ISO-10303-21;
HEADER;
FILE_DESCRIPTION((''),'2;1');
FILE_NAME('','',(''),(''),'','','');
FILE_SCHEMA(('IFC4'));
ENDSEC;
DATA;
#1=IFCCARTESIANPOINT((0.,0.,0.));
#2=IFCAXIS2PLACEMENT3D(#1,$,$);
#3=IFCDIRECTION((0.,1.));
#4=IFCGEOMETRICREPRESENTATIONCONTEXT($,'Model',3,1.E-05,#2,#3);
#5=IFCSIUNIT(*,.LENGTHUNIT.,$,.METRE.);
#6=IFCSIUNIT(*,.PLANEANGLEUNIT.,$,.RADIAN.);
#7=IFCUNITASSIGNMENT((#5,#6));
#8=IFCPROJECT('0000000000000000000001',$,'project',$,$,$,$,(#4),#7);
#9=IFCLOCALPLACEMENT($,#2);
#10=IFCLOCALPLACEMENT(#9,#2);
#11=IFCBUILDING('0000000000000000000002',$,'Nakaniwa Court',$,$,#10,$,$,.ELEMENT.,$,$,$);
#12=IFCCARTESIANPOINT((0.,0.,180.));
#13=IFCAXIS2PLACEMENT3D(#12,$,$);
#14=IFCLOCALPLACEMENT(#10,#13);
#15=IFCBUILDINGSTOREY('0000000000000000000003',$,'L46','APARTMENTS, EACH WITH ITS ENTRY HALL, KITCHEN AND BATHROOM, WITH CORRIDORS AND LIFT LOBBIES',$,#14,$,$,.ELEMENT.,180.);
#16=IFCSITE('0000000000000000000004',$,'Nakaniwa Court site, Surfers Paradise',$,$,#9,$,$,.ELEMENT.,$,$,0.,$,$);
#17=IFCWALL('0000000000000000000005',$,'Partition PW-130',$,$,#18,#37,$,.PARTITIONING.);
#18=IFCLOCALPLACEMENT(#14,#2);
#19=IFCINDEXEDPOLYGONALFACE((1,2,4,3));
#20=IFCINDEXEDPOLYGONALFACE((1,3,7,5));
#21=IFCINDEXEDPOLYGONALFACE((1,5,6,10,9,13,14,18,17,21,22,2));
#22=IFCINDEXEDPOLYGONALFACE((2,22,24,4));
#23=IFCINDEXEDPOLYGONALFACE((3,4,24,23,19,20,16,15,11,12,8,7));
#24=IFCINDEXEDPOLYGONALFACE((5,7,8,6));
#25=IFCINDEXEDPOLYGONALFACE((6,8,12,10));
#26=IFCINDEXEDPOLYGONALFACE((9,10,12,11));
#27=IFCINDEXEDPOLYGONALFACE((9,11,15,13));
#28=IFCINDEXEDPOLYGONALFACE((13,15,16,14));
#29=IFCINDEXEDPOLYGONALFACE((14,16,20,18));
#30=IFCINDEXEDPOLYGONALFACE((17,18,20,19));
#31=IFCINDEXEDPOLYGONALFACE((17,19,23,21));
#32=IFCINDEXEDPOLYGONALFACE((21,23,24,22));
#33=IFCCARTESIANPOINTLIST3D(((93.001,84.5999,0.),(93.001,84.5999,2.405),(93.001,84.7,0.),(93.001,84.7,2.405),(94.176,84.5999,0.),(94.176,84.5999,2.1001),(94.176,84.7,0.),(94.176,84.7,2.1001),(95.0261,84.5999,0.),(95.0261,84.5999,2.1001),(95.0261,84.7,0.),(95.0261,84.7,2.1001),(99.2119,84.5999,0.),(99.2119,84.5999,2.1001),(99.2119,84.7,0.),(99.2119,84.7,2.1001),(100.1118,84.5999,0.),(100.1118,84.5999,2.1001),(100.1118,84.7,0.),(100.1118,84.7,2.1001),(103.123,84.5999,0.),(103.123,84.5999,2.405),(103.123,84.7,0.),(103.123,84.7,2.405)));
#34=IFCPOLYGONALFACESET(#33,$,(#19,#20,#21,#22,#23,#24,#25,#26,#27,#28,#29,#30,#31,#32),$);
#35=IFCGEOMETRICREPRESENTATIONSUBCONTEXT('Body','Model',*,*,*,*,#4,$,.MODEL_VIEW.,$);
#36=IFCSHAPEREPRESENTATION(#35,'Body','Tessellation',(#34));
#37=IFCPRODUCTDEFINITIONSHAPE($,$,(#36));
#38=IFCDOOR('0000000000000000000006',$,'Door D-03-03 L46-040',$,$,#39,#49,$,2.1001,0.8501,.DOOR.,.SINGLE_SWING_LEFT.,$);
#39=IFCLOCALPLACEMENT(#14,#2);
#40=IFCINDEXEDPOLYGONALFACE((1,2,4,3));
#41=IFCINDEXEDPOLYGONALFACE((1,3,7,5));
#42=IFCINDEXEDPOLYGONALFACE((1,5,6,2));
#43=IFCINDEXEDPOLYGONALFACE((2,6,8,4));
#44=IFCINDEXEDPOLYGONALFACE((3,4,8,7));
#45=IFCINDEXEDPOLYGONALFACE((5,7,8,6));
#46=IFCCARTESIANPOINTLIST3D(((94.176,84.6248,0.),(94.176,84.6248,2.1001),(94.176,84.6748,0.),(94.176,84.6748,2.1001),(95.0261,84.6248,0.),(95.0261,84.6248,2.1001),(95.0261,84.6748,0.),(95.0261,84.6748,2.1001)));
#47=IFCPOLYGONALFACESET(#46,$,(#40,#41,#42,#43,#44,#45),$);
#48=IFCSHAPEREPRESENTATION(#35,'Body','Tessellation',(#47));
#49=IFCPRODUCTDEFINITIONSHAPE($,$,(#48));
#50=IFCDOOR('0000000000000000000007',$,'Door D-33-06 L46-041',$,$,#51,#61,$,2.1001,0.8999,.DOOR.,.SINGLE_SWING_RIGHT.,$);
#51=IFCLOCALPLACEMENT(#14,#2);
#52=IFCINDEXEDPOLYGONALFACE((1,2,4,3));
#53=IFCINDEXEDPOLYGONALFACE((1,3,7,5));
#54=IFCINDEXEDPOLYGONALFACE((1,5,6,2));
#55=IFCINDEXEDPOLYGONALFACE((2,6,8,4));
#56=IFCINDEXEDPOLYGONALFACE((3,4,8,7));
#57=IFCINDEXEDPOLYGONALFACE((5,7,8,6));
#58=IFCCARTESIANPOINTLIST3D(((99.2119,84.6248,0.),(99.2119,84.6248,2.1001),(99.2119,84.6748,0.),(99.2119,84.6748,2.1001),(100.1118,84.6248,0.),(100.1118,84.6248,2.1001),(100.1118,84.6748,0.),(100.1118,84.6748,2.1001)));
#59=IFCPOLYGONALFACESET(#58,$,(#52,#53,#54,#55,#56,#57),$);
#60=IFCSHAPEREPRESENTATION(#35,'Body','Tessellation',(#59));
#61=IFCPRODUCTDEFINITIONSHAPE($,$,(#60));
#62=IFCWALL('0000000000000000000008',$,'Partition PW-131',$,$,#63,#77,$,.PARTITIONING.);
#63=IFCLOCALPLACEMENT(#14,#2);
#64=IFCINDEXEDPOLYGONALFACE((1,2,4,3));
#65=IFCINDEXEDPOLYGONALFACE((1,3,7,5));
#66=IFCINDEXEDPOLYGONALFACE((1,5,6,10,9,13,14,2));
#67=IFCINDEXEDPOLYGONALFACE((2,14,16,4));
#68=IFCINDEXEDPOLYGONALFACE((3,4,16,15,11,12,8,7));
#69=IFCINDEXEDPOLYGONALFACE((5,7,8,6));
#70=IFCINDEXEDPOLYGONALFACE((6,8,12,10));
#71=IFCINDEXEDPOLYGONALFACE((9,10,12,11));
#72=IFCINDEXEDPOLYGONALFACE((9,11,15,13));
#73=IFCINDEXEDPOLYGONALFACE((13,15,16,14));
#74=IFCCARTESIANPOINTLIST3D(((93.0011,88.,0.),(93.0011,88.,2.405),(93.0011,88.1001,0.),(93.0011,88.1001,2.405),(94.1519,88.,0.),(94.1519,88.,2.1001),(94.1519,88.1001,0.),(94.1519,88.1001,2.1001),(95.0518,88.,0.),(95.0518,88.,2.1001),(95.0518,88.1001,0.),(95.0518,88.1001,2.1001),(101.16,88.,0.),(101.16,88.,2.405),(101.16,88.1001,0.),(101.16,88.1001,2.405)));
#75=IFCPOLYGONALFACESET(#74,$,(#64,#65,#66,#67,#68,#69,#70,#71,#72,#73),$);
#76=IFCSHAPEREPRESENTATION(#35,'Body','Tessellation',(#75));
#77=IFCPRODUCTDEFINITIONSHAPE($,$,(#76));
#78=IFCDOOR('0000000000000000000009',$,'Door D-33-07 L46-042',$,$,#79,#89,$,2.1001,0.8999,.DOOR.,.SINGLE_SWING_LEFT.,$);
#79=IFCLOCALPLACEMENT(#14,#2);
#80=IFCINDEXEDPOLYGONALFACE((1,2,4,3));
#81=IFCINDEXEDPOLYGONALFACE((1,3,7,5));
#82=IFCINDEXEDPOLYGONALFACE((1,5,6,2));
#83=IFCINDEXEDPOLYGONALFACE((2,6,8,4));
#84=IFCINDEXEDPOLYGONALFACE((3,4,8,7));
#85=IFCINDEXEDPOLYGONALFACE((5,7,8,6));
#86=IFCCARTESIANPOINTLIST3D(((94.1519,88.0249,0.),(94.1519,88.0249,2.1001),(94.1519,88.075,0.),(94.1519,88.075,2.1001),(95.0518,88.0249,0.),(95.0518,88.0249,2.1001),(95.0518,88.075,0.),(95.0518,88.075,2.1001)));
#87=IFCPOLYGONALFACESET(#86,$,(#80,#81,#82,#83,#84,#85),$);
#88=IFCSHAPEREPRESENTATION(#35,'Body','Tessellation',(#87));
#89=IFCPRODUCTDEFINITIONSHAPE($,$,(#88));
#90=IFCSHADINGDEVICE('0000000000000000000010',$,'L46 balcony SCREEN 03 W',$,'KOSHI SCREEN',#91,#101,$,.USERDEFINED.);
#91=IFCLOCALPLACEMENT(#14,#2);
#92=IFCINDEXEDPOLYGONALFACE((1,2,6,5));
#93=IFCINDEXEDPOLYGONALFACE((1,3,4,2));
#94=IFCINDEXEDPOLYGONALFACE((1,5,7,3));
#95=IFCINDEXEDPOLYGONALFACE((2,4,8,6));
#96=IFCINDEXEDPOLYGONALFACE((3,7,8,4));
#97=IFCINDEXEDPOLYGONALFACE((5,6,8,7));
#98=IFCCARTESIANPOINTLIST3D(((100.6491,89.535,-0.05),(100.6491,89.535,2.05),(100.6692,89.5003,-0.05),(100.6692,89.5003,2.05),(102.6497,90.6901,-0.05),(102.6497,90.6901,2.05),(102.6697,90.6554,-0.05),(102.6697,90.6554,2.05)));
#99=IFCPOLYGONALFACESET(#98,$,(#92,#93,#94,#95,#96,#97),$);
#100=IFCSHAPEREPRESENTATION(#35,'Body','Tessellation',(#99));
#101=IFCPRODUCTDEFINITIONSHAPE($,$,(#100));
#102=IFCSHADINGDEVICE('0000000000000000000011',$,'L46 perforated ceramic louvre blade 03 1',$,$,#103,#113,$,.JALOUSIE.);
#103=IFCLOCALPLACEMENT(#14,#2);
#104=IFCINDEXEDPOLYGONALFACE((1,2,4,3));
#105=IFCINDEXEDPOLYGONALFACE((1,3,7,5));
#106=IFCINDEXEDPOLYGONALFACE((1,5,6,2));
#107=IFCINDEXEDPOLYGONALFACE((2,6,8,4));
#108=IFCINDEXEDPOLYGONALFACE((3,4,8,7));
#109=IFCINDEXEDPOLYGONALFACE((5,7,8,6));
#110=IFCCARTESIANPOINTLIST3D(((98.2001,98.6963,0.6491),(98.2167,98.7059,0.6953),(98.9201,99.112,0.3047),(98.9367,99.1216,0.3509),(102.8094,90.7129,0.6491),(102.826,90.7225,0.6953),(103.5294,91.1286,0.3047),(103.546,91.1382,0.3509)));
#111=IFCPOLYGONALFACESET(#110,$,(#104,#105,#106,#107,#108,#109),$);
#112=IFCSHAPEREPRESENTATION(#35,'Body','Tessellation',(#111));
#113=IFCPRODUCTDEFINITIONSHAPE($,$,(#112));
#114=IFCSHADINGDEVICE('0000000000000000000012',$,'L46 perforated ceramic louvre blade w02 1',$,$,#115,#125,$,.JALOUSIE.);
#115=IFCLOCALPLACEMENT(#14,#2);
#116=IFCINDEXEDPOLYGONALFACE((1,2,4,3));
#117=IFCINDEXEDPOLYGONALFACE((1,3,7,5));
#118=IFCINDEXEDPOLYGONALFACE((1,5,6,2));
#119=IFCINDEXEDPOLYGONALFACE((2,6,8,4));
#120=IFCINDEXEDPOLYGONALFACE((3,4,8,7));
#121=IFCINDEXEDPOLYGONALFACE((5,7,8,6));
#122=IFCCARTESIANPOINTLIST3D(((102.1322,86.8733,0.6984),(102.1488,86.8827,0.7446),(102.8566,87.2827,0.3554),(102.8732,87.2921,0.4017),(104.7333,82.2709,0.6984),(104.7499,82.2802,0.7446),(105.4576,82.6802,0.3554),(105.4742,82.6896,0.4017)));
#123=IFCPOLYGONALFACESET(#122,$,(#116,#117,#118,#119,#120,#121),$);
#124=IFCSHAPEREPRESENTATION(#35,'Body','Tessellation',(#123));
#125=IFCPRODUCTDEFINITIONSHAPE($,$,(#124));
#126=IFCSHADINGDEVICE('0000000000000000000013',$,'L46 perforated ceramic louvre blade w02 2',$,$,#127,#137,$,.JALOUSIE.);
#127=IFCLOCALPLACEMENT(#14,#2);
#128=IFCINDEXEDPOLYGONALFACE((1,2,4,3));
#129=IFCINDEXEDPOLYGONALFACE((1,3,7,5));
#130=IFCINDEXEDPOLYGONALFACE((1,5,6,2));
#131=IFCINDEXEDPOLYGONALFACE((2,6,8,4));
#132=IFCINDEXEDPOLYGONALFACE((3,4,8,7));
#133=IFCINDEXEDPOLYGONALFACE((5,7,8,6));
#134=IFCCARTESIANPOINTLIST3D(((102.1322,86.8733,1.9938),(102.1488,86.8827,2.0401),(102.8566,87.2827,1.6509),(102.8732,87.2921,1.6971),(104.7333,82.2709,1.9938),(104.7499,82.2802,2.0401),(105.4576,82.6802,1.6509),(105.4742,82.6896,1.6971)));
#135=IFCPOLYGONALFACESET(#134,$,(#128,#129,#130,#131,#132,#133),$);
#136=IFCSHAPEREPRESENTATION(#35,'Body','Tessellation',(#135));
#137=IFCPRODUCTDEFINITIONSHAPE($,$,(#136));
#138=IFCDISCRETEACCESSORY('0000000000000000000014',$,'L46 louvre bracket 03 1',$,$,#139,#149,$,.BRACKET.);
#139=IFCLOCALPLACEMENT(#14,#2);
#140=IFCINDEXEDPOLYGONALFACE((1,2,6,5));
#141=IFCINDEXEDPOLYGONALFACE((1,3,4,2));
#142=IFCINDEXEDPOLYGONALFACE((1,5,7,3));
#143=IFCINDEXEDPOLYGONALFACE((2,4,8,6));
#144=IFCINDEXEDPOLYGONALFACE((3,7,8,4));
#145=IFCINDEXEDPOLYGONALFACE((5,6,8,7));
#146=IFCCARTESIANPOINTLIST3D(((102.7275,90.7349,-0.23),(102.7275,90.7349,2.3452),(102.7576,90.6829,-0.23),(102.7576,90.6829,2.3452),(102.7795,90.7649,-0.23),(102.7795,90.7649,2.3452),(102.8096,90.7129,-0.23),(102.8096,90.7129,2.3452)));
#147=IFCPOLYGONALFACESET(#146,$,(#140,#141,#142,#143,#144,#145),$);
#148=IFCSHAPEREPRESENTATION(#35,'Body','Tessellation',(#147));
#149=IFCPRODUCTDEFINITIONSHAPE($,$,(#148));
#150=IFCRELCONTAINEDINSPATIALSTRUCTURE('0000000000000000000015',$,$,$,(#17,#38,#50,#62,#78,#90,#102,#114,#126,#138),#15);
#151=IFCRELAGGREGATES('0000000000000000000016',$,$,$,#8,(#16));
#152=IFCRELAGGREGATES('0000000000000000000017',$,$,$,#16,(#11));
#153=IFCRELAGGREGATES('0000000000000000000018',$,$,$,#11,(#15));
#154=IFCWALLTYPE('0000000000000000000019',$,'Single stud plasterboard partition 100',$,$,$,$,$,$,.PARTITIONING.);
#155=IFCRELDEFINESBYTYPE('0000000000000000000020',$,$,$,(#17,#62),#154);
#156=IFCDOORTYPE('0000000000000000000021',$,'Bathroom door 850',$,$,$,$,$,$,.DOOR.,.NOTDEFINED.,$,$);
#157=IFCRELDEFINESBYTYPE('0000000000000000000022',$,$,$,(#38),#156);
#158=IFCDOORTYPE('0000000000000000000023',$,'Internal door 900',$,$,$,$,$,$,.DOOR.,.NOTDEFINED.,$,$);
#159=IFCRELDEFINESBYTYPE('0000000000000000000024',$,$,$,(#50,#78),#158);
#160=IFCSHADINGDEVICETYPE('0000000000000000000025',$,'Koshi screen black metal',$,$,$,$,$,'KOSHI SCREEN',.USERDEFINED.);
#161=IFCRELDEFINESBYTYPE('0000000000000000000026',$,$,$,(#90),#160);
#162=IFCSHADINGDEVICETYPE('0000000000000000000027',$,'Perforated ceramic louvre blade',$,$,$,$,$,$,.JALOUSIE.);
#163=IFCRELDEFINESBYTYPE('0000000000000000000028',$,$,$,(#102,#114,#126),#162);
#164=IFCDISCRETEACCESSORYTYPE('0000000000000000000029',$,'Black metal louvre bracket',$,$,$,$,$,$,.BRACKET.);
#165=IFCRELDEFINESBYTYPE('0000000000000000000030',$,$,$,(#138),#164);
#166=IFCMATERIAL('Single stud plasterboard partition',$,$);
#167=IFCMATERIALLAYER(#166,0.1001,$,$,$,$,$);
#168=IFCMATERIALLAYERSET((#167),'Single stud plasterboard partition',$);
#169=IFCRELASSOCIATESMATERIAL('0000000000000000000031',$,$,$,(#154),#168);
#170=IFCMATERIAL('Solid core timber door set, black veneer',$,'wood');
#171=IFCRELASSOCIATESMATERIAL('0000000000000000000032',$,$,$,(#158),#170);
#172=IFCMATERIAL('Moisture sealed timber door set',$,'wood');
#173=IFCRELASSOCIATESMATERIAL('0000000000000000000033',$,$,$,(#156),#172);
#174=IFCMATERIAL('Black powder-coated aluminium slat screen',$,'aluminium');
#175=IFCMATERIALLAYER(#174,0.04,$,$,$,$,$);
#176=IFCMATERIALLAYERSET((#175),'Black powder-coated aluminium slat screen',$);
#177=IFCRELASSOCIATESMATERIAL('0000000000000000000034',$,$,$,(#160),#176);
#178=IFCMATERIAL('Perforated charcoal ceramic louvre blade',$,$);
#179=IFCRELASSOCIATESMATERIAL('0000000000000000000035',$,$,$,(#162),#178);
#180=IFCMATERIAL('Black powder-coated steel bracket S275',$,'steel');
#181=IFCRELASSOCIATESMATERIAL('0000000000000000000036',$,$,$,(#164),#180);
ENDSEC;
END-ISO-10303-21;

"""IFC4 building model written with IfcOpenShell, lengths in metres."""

from ifc_helpers import new_model, si_unit, direction, frame, frame_2d, origin, origin_2d, place, context, subcontext, project, spatial, rectangle, extrude, material, layer, layer_set, material_profile, profile_set, type_object, element, fill, save


model = new_model("IFC4")

# Units and contexts
model_context = context("Model", 3, precision=1e-05, world=origin(), true_north=direction((0.0, 1.0)))
body_context = subcontext(model_context, "Body", "Model", "MODEL_VIEW")
ifc_project = project(units=[si_unit("LENGTHUNIT", "METRE"), si_unit("PLANEANGLEUNIT", "RADIAN")], contexts=[model_context])

# Site, building, storey
site_placement = place(None, origin())
site = spatial("IfcSite", under=ifc_project, at=site_placement, Name="Nakaniwa Court site, Surfers Paradise", CompositionType="ELEMENT", RefElevation=0.0)
building_placement = place(site_placement, origin())
building = spatial("IfcBuilding", under=site, at=building_placement, Name="Nakaniwa Court", CompositionType="ELEMENT")
storey_placement = place(building_placement, frame((0.0, 0.0, 180.0)))
storey = spatial("IfcBuildingStorey", under=building, at=storey_placement, Name="L46", Description="APARTMENTS, EACH WITH ITS ENTRY HALL, KITCHEN AND BATHROOM, WITH CORRIDORS AND LIFT LOBBIES", CompositionType="ELEMENT", Elevation=180.0)

# Shared definitions
ifc_material_1 = material(Name="Solid core timber door set, black veneer", Category="wood")

# Shared definitions
ifc_material_2 = material(Name="Single stud plasterboard partition")
ifc_layer_1 = layer(ifc_material_2, 0.1001)
ifc_layer_set_1 = layer_set([ifc_layer_1], Name="Single stud plasterboard partition")
wall_type_1 = type_object("IfcWallType", Name="Single stud plasterboard partition 100", PredefinedType="PARTITIONING", material=ifc_layer_set_1)

# Shared definitions
door_type_1 = type_object("IfcDoorType", Name="Internal door 900", OperationType="NOTDEFINED", PredefinedType="DOOR", material=ifc_material_1)

# Wall, openings, doors
wall_1_placement = place(storey_placement, frame((93.001, 84.6499, 0.0), z_axis=(0.0, 0.0, 1.0), x_axis=(1.0, 0.0, 0.0)))
wall_1 = element("IfcWall", 1, at=wall_1_placement, inside=storey, type_object=wall_type_1, Name="Partition PW-130", PredefinedType="PARTITIONING", context=body_context, shape_type="SweptSolid", body=[
    extrude(rectangle(XDim=10.1221, YDim=0.1001, at=frame_2d((5.061, 0.0))), origin(), (0.0, 0.0, 1.0), 2.405),
])
opening_1_placement = place(wall_1_placement, frame((1.175, 0.0, 0.0)))
opening_1 = element("IfcOpeningElement", 2, at=opening_1_placement, cuts=wall_1, PredefinedType="OPENING", context=body_context, shape_type="SweptSolid", body=[
    extrude(rectangle(XDim=0.8501, YDim=2.1001, at=frame_2d((0.425, 1.05))), frame((0.0, 0.0601, 0.0), z_axis=(0.0, -1.0, 0.0), x_axis=(1.0, 0.0, 0.0)), (0.0, 0.0, 1.0), 0.1201),
])
opening_2_placement = place(wall_1_placement, frame((6.2109, 0.0, 0.0)))
opening_2 = element("IfcOpeningElement", 3, at=opening_2_placement, cuts=wall_1, PredefinedType="OPENING", context=body_context, shape_type="SweptSolid", body=[
    extrude(rectangle(XDim=0.8999, YDim=2.1001, at=frame_2d((0.45, 1.05))), frame((0.0, 0.0601, 0.0), z_axis=(0.0, -1.0, 0.0), x_axis=(1.0, 0.0, 0.0)), (0.0, 0.0, 1.0), 0.1201),
])
ifc_material_3 = material(Name="Moisture sealed timber door set", Category="wood")
door_type_2 = type_object("IfcDoorType", Name="Bathroom door 850", OperationType="NOTDEFINED", PredefinedType="DOOR", material=ifc_material_3)
door_1_placement = place(opening_1_placement, origin())
door_1 = element("IfcDoor", 4, at=door_1_placement, inside=storey, type_object=door_type_2, Name="Door D-03-03 L46-040", OperationType="SINGLE_SWING_LEFT", OverallHeight=2.1001, OverallWidth=0.8501, PredefinedType="DOOR", context=body_context, shape_type="SweptSolid", body=[
    extrude(rectangle(XDim=0.8501, YDim=2.1001, at=frame_2d((0.425, 1.05))), frame((0.0, 0.0249, 0.0), z_axis=(0.0, -1.0, 0.0), x_axis=(1.0, 0.0, 0.0)), (0.0, 0.0, 1.0), 0.05),
])
fill(opening_1, door_1)
door_2_placement = place(opening_2_placement, origin())
door_2 = element("IfcDoor", 5, at=door_2_placement, inside=storey, type_object=door_type_1, Name="Door D-33-06 L46-041", OperationType="SINGLE_SWING_RIGHT", OverallHeight=2.1001, OverallWidth=0.8999, PredefinedType="DOOR", context=body_context, shape_type="SweptSolid", body=[
    extrude(rectangle(XDim=0.8999, YDim=2.1001, at=frame_2d((0.45, 1.05))), frame((0.0, 0.0249, 0.0), z_axis=(0.0, -1.0, 0.0), x_axis=(1.0, 0.0, 0.0)), (0.0, 0.0, 1.0), 0.05),
])
fill(opening_2, door_2)

# Wall, opening, door
wall_2_placement = place(storey_placement, frame((93.001, 88.05, 0.0), z_axis=(0.0, 0.0, 1.0), x_axis=(1.0, 0.0, 0.0)))
wall_2 = element("IfcWall", 6, at=wall_2_placement, inside=storey, type_object=wall_type_1, Name="Partition PW-131", PredefinedType="PARTITIONING", context=body_context, shape_type="SweptSolid", body=[
    extrude(rectangle(XDim=8.1589, YDim=0.1001, at=frame_2d((4.0796, 0.0))), origin(), (0.0, 0.0, 1.0), 2.405),
])
opening_3_placement = place(wall_2_placement, frame((1.1509, 0.0, 0.0)))
opening_3 = element("IfcOpeningElement", 7, at=opening_3_placement, cuts=wall_2, PredefinedType="OPENING", context=body_context, shape_type="SweptSolid", body=[
    extrude(rectangle(XDim=0.8999, YDim=2.1001, at=frame_2d((0.45, 1.05))), frame((0.0, 0.0601, 0.0), z_axis=(0.0, -1.0, 0.0), x_axis=(1.0, 0.0, 0.0)), (0.0, 0.0, 1.0), 0.1201),
])
door_3_placement = place(opening_3_placement, origin())
door_3 = element("IfcDoor", 8, at=door_3_placement, inside=storey, type_object=door_type_1, Name="Door D-33-07 L46-042", OperationType="SINGLE_SWING_LEFT", OverallHeight=2.1001, OverallWidth=0.8999, PredefinedType="DOOR", context=body_context, shape_type="SweptSolid", body=[
    extrude(rectangle(XDim=0.8999, YDim=2.1001, at=frame_2d((0.45, 1.05))), frame((0.0, 0.0249, 0.0), z_axis=(0.0, -1.0, 0.0), x_axis=(1.0, 0.0, 0.0)), (0.0, 0.0, 1.0), 0.05),
])
fill(opening_3, door_3)

# Shading devices
ifc_material_4 = material(Name="Black powder-coated aluminium slat screen", Category="aluminium")
ifc_layer_2 = layer(ifc_material_4, 0.04)
ifc_layer_set_2 = layer_set([ifc_layer_2], Name="Black powder-coated aluminium slat screen")
shading_device_type_1 = type_object("IfcShadingDeviceType", Name="Koshi screen black metal", ElementType="KOSHI SCREEN", PredefinedType="USERDEFINED", material=ifc_layer_set_2)
shading_device_1_placement = place(storey_placement, frame((101.6594, 90.0952, -0.05), z_axis=(0.0, 0.0, 1.0), x_axis=(-0.500017, 0.866016, 0.0)))
element("IfcShadingDevice", 9, at=shading_device_1_placement, inside=storey, type_object=shading_device_type_1, Name="L46 balcony SCREEN 03 W", ObjectType="KOSHI SCREEN", PredefinedType="USERDEFINED", context=body_context, shape_type="SweptSolid", body=[
    extrude(rectangle(XDim=0.04, YDim=2.3101, at=origin_2d()), origin(), (0.0, 0.0, 1.0), 2.1001),
])
ifc_material_5 = material(Name="Perforated charcoal ceramic louvre blade")
ifc_material_profile_1 = material_profile(ifc_material_5, rectangle(XDim=0.8999, YDim=0.05, at=origin_2d()), Name="Perforated ceramic louvre blade")
ifc_profile_set_1 = profile_set([ifc_material_profile_1], Name="Perforated charcoal ceramic louvre blade")
shading_device_type_2 = type_object("IfcShadingDeviceType", Name="Perforated ceramic louvre blade", PredefinedType="JALOUSIE", material=ifc_profile_set_1)
shading_device_2_placement = place(storey_placement, frame((103.1777, 90.9255, 0.5), z_axis=(-0.500013, 0.866018, 0.0), x_axis=(-0.800096, -0.461952, 0.382683)))
element("IfcShadingDevice", 10, at=shading_device_2_placement, inside=storey, type_object=shading_device_type_2, Name="L46 perforated ceramic louvre blade 03 1", PredefinedType="JALOUSIE", context=body_context, shape_type="SweptSolid", body=[
    extrude(rectangle(XDim=0.8999, YDim=0.05, at=origin_2d()), origin(), (0.0, 0.0, 1.0), 9.2185),
])
for number, where, z_axis, x_axis, name in (
    (11, (105.1038, 82.4802, 0.55), (-0.492006, 0.870592, 0.0), (-0.804902, -0.454882, 0.38107), "L46 perforated ceramic louvre blade w02 1"),
    (12, (105.1038, 82.4802, 1.8455), (-0.492006, 0.870592, 0.0), (-0.804902, -0.454882, 0.38107), "L46 perforated ceramic louvre blade w02 2"),
):
    element("IfcShadingDevice", number, at=place(storey_placement, frame(where, z_axis=z_axis, x_axis=x_axis)), inside=storey, type_object=shading_device_type_2, Name=name, PredefinedType="JALOUSIE", context=body_context, shape_type="SweptSolid", body=[
        extrude(rectangle(XDim=0.8999, YDim=0.05, at=origin_2d()), origin(), (0.0, 0.0, 1.0), 5.2866),
    ])

# Discrete accessory
ifc_material_6 = material(Name="Black powder-coated steel bracket S275", Category="steel")
discrete_accessory_type = type_object("IfcDiscreteAccessoryType", Name="Black metal louvre bracket", PredefinedType="BRACKET", material=ifc_material_6)
discrete_accessory_placement = place(storey_placement, frame((102.7686, 90.7239, -0.23), z_axis=(0.0, 0.0, 1.0), x_axis=(-0.500017, 0.866016, 0.0)))
element("IfcDiscreteAccessory", 13, at=discrete_accessory_placement, inside=storey, type_object=discrete_accessory_type, Name="L46 louvre bracket 03 1", PredefinedType="BRACKET", context=body_context, shape_type="SweptSolid", body=[
    extrude(rectangle(XDim=0.0601, YDim=0.0601, at=origin_2d()), origin(), (0.0, 0.0, 1.0), 2.5752),
])

save(model, "model.ifc")
